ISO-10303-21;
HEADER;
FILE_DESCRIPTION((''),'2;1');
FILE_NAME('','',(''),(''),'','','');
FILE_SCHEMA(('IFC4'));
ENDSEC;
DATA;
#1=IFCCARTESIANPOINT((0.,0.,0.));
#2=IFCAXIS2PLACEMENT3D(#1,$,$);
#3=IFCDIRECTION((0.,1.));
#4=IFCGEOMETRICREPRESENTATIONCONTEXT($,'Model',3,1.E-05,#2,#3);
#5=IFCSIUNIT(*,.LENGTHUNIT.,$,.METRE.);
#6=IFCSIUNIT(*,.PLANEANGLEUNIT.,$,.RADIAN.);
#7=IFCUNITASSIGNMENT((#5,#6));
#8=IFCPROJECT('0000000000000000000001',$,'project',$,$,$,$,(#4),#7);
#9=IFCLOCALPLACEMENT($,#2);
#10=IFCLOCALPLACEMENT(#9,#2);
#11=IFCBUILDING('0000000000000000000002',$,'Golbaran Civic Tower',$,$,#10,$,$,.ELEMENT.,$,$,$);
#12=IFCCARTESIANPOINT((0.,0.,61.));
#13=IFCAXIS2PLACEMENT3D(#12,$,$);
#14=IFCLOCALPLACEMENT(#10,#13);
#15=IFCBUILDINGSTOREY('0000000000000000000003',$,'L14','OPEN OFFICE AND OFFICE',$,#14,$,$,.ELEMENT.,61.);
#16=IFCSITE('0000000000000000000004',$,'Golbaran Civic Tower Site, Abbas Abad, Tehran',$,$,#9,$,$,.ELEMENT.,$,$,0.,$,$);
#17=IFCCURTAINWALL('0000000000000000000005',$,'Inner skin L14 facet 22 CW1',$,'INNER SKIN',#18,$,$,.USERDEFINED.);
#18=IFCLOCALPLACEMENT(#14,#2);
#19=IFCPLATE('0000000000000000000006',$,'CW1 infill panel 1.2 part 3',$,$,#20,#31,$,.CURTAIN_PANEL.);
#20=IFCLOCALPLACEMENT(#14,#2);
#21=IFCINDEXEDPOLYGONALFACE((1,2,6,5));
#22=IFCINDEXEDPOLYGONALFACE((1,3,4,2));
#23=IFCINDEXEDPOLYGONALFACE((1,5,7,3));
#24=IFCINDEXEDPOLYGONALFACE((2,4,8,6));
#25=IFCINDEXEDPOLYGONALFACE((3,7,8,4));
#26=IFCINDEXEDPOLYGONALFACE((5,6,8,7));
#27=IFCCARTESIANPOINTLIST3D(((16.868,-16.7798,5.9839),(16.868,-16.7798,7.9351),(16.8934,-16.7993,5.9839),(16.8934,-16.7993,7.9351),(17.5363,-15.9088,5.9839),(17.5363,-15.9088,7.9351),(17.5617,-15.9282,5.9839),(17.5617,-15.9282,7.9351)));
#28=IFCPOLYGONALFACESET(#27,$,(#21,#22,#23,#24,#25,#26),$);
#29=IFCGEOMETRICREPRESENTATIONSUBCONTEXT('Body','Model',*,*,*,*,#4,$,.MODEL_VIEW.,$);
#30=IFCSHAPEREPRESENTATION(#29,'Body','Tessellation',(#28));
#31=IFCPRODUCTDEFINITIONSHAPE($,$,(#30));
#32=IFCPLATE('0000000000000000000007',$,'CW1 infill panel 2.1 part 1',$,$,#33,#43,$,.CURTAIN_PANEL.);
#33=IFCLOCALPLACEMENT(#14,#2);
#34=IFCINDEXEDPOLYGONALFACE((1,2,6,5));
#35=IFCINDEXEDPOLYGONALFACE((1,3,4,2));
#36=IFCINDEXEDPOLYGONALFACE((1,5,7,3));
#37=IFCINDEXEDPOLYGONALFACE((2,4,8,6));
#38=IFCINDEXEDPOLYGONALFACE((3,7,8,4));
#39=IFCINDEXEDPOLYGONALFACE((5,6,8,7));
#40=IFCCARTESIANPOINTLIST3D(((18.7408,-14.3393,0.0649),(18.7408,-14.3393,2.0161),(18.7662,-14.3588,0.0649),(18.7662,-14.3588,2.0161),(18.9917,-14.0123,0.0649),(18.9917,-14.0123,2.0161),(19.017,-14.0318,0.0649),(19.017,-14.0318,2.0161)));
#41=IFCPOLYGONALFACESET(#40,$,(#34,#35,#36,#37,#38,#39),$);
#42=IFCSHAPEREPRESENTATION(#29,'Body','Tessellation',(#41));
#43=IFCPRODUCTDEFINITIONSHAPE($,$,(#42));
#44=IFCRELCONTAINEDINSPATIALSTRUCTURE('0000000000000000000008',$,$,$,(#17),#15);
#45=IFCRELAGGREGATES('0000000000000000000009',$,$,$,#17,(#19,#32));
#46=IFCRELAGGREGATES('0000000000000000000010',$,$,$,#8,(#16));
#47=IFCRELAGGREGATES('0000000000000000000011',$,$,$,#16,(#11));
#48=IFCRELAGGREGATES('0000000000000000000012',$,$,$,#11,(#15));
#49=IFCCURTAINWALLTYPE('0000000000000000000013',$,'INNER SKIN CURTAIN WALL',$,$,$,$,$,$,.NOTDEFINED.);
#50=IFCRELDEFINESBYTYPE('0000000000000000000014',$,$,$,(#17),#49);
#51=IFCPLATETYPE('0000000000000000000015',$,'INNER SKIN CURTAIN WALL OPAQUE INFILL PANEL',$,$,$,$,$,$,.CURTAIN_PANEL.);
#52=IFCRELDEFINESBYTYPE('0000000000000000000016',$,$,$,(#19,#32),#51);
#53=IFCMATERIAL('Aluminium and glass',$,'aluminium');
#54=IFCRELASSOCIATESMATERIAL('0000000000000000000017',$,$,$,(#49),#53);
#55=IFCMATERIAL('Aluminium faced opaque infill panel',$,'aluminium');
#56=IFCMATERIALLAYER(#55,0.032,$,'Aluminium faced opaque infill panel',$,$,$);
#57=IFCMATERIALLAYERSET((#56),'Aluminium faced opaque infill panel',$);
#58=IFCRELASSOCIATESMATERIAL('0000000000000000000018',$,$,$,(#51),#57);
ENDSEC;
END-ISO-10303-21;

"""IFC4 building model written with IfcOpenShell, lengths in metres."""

from ifc_helpers import new_model, si_unit, direction, frame, origin, origin_2d, place, context, subcontext, project, spatial, rectangle, extrude, material, layer, layer_set, type_object, element, aggregate, save


model = new_model("IFC4")

# Units and contexts
model_context = context("Model", 3, precision=1e-05, world=origin(), true_north=direction((0.0, 1.0)))
body_context = subcontext(model_context, "Body", "Model", "MODEL_VIEW")
ifc_project = project(units=[si_unit("LENGTHUNIT", "METRE"), si_unit("PLANEANGLEUNIT", "RADIAN")], contexts=[model_context])

# Site, building, storey
site_placement = place(None, origin())
site = spatial("IfcSite", under=ifc_project, at=site_placement, Name="Golbaran Civic Tower Site, Abbas Abad, Tehran", CompositionType="ELEMENT", RefElevation=0.0)
building_placement = place(site_placement, origin())
building = spatial("IfcBuilding", under=site, at=building_placement, Name="Golbaran Civic Tower", CompositionType="ELEMENT")
storey_placement = place(building_placement, frame((0.0, 0.0, 61.0)))
storey = spatial("IfcBuildingStorey", under=building, at=storey_placement, Name="L14", Description="OPEN OFFICE AND OFFICE", CompositionType="ELEMENT", Elevation=61.0)

# Curtain wall
ifc_material_1 = material(Name="Aluminium and glass", Category="aluminium")
curtain_wall_type = type_object("IfcCurtainWallType", Name="INNER SKIN CURTAIN WALL", PredefinedType="NOTDEFINED", material=ifc_material_1)
curtain_wall_1_placement = place(storey_placement, origin())
curtain_wall_1 = element("IfcCurtainWall", 1, at=curtain_wall_1_placement, inside=storey, type_object=curtain_wall_type, Name="Inner skin L14 facet 22 CW1", ObjectType="INNER SKIN", PredefinedType="USERDEFINED")

# Plates
ifc_material_2 = material(Name="Aluminium faced opaque infill panel", Category="aluminium")
ifc_layer_1 = layer(ifc_material_2, 0.032, Name="Aluminium faced opaque infill panel")
ifc_layer_set_1 = layer_set([ifc_layer_1], Name="Aluminium faced opaque infill panel")
plate_type_1 = type_object("IfcPlateType", Name="INNER SKIN CURTAIN WALL OPAQUE INFILL PANEL", PredefinedType="CURTAIN_PANEL", material=ifc_layer_set_1)
plate_1_placement = place(storey_placement, frame((17.2148, -16.354, 5.9839), z_axis=(0.0, 0.0, 1.0), x_axis=(0.608761, 0.793353, 0.0)))
plate_1 = element("IfcPlate", 2, at=plate_1_placement, type_object=plate_type_1, Name="CW1 infill panel 1.2 part 3", PredefinedType="CURTAIN_PANEL", context=body_context, shape_type="SweptSolid", body=[
    extrude(rectangle(XDim=1.0979, YDim=0.032, at=origin_2d()), origin(), (0.0, 0.0, 1.0), 1.9512),
])
plate_2_placement = place(storey_placement, frame((18.8789, -14.1855, 0.0649), z_axis=(0.0, 0.0, 1.0), x_axis=(0.608761, 0.793353, 0.0)))
plate_2 = element("IfcPlate", 3, at=plate_2_placement, type_object=plate_type_1, Name="CW1 infill panel 2.1 part 1", PredefinedType="CURTAIN_PANEL", context=body_context, shape_type="SweptSolid", body=[
    extrude(rectangle(XDim=0.4121, YDim=0.032, at=origin_2d()), origin(), (0.0, 0.0, 1.0), 1.9512),
])
aggregate(curtain_wall_1, [plate_1, plate_2])

save(model, "model.ifc")
